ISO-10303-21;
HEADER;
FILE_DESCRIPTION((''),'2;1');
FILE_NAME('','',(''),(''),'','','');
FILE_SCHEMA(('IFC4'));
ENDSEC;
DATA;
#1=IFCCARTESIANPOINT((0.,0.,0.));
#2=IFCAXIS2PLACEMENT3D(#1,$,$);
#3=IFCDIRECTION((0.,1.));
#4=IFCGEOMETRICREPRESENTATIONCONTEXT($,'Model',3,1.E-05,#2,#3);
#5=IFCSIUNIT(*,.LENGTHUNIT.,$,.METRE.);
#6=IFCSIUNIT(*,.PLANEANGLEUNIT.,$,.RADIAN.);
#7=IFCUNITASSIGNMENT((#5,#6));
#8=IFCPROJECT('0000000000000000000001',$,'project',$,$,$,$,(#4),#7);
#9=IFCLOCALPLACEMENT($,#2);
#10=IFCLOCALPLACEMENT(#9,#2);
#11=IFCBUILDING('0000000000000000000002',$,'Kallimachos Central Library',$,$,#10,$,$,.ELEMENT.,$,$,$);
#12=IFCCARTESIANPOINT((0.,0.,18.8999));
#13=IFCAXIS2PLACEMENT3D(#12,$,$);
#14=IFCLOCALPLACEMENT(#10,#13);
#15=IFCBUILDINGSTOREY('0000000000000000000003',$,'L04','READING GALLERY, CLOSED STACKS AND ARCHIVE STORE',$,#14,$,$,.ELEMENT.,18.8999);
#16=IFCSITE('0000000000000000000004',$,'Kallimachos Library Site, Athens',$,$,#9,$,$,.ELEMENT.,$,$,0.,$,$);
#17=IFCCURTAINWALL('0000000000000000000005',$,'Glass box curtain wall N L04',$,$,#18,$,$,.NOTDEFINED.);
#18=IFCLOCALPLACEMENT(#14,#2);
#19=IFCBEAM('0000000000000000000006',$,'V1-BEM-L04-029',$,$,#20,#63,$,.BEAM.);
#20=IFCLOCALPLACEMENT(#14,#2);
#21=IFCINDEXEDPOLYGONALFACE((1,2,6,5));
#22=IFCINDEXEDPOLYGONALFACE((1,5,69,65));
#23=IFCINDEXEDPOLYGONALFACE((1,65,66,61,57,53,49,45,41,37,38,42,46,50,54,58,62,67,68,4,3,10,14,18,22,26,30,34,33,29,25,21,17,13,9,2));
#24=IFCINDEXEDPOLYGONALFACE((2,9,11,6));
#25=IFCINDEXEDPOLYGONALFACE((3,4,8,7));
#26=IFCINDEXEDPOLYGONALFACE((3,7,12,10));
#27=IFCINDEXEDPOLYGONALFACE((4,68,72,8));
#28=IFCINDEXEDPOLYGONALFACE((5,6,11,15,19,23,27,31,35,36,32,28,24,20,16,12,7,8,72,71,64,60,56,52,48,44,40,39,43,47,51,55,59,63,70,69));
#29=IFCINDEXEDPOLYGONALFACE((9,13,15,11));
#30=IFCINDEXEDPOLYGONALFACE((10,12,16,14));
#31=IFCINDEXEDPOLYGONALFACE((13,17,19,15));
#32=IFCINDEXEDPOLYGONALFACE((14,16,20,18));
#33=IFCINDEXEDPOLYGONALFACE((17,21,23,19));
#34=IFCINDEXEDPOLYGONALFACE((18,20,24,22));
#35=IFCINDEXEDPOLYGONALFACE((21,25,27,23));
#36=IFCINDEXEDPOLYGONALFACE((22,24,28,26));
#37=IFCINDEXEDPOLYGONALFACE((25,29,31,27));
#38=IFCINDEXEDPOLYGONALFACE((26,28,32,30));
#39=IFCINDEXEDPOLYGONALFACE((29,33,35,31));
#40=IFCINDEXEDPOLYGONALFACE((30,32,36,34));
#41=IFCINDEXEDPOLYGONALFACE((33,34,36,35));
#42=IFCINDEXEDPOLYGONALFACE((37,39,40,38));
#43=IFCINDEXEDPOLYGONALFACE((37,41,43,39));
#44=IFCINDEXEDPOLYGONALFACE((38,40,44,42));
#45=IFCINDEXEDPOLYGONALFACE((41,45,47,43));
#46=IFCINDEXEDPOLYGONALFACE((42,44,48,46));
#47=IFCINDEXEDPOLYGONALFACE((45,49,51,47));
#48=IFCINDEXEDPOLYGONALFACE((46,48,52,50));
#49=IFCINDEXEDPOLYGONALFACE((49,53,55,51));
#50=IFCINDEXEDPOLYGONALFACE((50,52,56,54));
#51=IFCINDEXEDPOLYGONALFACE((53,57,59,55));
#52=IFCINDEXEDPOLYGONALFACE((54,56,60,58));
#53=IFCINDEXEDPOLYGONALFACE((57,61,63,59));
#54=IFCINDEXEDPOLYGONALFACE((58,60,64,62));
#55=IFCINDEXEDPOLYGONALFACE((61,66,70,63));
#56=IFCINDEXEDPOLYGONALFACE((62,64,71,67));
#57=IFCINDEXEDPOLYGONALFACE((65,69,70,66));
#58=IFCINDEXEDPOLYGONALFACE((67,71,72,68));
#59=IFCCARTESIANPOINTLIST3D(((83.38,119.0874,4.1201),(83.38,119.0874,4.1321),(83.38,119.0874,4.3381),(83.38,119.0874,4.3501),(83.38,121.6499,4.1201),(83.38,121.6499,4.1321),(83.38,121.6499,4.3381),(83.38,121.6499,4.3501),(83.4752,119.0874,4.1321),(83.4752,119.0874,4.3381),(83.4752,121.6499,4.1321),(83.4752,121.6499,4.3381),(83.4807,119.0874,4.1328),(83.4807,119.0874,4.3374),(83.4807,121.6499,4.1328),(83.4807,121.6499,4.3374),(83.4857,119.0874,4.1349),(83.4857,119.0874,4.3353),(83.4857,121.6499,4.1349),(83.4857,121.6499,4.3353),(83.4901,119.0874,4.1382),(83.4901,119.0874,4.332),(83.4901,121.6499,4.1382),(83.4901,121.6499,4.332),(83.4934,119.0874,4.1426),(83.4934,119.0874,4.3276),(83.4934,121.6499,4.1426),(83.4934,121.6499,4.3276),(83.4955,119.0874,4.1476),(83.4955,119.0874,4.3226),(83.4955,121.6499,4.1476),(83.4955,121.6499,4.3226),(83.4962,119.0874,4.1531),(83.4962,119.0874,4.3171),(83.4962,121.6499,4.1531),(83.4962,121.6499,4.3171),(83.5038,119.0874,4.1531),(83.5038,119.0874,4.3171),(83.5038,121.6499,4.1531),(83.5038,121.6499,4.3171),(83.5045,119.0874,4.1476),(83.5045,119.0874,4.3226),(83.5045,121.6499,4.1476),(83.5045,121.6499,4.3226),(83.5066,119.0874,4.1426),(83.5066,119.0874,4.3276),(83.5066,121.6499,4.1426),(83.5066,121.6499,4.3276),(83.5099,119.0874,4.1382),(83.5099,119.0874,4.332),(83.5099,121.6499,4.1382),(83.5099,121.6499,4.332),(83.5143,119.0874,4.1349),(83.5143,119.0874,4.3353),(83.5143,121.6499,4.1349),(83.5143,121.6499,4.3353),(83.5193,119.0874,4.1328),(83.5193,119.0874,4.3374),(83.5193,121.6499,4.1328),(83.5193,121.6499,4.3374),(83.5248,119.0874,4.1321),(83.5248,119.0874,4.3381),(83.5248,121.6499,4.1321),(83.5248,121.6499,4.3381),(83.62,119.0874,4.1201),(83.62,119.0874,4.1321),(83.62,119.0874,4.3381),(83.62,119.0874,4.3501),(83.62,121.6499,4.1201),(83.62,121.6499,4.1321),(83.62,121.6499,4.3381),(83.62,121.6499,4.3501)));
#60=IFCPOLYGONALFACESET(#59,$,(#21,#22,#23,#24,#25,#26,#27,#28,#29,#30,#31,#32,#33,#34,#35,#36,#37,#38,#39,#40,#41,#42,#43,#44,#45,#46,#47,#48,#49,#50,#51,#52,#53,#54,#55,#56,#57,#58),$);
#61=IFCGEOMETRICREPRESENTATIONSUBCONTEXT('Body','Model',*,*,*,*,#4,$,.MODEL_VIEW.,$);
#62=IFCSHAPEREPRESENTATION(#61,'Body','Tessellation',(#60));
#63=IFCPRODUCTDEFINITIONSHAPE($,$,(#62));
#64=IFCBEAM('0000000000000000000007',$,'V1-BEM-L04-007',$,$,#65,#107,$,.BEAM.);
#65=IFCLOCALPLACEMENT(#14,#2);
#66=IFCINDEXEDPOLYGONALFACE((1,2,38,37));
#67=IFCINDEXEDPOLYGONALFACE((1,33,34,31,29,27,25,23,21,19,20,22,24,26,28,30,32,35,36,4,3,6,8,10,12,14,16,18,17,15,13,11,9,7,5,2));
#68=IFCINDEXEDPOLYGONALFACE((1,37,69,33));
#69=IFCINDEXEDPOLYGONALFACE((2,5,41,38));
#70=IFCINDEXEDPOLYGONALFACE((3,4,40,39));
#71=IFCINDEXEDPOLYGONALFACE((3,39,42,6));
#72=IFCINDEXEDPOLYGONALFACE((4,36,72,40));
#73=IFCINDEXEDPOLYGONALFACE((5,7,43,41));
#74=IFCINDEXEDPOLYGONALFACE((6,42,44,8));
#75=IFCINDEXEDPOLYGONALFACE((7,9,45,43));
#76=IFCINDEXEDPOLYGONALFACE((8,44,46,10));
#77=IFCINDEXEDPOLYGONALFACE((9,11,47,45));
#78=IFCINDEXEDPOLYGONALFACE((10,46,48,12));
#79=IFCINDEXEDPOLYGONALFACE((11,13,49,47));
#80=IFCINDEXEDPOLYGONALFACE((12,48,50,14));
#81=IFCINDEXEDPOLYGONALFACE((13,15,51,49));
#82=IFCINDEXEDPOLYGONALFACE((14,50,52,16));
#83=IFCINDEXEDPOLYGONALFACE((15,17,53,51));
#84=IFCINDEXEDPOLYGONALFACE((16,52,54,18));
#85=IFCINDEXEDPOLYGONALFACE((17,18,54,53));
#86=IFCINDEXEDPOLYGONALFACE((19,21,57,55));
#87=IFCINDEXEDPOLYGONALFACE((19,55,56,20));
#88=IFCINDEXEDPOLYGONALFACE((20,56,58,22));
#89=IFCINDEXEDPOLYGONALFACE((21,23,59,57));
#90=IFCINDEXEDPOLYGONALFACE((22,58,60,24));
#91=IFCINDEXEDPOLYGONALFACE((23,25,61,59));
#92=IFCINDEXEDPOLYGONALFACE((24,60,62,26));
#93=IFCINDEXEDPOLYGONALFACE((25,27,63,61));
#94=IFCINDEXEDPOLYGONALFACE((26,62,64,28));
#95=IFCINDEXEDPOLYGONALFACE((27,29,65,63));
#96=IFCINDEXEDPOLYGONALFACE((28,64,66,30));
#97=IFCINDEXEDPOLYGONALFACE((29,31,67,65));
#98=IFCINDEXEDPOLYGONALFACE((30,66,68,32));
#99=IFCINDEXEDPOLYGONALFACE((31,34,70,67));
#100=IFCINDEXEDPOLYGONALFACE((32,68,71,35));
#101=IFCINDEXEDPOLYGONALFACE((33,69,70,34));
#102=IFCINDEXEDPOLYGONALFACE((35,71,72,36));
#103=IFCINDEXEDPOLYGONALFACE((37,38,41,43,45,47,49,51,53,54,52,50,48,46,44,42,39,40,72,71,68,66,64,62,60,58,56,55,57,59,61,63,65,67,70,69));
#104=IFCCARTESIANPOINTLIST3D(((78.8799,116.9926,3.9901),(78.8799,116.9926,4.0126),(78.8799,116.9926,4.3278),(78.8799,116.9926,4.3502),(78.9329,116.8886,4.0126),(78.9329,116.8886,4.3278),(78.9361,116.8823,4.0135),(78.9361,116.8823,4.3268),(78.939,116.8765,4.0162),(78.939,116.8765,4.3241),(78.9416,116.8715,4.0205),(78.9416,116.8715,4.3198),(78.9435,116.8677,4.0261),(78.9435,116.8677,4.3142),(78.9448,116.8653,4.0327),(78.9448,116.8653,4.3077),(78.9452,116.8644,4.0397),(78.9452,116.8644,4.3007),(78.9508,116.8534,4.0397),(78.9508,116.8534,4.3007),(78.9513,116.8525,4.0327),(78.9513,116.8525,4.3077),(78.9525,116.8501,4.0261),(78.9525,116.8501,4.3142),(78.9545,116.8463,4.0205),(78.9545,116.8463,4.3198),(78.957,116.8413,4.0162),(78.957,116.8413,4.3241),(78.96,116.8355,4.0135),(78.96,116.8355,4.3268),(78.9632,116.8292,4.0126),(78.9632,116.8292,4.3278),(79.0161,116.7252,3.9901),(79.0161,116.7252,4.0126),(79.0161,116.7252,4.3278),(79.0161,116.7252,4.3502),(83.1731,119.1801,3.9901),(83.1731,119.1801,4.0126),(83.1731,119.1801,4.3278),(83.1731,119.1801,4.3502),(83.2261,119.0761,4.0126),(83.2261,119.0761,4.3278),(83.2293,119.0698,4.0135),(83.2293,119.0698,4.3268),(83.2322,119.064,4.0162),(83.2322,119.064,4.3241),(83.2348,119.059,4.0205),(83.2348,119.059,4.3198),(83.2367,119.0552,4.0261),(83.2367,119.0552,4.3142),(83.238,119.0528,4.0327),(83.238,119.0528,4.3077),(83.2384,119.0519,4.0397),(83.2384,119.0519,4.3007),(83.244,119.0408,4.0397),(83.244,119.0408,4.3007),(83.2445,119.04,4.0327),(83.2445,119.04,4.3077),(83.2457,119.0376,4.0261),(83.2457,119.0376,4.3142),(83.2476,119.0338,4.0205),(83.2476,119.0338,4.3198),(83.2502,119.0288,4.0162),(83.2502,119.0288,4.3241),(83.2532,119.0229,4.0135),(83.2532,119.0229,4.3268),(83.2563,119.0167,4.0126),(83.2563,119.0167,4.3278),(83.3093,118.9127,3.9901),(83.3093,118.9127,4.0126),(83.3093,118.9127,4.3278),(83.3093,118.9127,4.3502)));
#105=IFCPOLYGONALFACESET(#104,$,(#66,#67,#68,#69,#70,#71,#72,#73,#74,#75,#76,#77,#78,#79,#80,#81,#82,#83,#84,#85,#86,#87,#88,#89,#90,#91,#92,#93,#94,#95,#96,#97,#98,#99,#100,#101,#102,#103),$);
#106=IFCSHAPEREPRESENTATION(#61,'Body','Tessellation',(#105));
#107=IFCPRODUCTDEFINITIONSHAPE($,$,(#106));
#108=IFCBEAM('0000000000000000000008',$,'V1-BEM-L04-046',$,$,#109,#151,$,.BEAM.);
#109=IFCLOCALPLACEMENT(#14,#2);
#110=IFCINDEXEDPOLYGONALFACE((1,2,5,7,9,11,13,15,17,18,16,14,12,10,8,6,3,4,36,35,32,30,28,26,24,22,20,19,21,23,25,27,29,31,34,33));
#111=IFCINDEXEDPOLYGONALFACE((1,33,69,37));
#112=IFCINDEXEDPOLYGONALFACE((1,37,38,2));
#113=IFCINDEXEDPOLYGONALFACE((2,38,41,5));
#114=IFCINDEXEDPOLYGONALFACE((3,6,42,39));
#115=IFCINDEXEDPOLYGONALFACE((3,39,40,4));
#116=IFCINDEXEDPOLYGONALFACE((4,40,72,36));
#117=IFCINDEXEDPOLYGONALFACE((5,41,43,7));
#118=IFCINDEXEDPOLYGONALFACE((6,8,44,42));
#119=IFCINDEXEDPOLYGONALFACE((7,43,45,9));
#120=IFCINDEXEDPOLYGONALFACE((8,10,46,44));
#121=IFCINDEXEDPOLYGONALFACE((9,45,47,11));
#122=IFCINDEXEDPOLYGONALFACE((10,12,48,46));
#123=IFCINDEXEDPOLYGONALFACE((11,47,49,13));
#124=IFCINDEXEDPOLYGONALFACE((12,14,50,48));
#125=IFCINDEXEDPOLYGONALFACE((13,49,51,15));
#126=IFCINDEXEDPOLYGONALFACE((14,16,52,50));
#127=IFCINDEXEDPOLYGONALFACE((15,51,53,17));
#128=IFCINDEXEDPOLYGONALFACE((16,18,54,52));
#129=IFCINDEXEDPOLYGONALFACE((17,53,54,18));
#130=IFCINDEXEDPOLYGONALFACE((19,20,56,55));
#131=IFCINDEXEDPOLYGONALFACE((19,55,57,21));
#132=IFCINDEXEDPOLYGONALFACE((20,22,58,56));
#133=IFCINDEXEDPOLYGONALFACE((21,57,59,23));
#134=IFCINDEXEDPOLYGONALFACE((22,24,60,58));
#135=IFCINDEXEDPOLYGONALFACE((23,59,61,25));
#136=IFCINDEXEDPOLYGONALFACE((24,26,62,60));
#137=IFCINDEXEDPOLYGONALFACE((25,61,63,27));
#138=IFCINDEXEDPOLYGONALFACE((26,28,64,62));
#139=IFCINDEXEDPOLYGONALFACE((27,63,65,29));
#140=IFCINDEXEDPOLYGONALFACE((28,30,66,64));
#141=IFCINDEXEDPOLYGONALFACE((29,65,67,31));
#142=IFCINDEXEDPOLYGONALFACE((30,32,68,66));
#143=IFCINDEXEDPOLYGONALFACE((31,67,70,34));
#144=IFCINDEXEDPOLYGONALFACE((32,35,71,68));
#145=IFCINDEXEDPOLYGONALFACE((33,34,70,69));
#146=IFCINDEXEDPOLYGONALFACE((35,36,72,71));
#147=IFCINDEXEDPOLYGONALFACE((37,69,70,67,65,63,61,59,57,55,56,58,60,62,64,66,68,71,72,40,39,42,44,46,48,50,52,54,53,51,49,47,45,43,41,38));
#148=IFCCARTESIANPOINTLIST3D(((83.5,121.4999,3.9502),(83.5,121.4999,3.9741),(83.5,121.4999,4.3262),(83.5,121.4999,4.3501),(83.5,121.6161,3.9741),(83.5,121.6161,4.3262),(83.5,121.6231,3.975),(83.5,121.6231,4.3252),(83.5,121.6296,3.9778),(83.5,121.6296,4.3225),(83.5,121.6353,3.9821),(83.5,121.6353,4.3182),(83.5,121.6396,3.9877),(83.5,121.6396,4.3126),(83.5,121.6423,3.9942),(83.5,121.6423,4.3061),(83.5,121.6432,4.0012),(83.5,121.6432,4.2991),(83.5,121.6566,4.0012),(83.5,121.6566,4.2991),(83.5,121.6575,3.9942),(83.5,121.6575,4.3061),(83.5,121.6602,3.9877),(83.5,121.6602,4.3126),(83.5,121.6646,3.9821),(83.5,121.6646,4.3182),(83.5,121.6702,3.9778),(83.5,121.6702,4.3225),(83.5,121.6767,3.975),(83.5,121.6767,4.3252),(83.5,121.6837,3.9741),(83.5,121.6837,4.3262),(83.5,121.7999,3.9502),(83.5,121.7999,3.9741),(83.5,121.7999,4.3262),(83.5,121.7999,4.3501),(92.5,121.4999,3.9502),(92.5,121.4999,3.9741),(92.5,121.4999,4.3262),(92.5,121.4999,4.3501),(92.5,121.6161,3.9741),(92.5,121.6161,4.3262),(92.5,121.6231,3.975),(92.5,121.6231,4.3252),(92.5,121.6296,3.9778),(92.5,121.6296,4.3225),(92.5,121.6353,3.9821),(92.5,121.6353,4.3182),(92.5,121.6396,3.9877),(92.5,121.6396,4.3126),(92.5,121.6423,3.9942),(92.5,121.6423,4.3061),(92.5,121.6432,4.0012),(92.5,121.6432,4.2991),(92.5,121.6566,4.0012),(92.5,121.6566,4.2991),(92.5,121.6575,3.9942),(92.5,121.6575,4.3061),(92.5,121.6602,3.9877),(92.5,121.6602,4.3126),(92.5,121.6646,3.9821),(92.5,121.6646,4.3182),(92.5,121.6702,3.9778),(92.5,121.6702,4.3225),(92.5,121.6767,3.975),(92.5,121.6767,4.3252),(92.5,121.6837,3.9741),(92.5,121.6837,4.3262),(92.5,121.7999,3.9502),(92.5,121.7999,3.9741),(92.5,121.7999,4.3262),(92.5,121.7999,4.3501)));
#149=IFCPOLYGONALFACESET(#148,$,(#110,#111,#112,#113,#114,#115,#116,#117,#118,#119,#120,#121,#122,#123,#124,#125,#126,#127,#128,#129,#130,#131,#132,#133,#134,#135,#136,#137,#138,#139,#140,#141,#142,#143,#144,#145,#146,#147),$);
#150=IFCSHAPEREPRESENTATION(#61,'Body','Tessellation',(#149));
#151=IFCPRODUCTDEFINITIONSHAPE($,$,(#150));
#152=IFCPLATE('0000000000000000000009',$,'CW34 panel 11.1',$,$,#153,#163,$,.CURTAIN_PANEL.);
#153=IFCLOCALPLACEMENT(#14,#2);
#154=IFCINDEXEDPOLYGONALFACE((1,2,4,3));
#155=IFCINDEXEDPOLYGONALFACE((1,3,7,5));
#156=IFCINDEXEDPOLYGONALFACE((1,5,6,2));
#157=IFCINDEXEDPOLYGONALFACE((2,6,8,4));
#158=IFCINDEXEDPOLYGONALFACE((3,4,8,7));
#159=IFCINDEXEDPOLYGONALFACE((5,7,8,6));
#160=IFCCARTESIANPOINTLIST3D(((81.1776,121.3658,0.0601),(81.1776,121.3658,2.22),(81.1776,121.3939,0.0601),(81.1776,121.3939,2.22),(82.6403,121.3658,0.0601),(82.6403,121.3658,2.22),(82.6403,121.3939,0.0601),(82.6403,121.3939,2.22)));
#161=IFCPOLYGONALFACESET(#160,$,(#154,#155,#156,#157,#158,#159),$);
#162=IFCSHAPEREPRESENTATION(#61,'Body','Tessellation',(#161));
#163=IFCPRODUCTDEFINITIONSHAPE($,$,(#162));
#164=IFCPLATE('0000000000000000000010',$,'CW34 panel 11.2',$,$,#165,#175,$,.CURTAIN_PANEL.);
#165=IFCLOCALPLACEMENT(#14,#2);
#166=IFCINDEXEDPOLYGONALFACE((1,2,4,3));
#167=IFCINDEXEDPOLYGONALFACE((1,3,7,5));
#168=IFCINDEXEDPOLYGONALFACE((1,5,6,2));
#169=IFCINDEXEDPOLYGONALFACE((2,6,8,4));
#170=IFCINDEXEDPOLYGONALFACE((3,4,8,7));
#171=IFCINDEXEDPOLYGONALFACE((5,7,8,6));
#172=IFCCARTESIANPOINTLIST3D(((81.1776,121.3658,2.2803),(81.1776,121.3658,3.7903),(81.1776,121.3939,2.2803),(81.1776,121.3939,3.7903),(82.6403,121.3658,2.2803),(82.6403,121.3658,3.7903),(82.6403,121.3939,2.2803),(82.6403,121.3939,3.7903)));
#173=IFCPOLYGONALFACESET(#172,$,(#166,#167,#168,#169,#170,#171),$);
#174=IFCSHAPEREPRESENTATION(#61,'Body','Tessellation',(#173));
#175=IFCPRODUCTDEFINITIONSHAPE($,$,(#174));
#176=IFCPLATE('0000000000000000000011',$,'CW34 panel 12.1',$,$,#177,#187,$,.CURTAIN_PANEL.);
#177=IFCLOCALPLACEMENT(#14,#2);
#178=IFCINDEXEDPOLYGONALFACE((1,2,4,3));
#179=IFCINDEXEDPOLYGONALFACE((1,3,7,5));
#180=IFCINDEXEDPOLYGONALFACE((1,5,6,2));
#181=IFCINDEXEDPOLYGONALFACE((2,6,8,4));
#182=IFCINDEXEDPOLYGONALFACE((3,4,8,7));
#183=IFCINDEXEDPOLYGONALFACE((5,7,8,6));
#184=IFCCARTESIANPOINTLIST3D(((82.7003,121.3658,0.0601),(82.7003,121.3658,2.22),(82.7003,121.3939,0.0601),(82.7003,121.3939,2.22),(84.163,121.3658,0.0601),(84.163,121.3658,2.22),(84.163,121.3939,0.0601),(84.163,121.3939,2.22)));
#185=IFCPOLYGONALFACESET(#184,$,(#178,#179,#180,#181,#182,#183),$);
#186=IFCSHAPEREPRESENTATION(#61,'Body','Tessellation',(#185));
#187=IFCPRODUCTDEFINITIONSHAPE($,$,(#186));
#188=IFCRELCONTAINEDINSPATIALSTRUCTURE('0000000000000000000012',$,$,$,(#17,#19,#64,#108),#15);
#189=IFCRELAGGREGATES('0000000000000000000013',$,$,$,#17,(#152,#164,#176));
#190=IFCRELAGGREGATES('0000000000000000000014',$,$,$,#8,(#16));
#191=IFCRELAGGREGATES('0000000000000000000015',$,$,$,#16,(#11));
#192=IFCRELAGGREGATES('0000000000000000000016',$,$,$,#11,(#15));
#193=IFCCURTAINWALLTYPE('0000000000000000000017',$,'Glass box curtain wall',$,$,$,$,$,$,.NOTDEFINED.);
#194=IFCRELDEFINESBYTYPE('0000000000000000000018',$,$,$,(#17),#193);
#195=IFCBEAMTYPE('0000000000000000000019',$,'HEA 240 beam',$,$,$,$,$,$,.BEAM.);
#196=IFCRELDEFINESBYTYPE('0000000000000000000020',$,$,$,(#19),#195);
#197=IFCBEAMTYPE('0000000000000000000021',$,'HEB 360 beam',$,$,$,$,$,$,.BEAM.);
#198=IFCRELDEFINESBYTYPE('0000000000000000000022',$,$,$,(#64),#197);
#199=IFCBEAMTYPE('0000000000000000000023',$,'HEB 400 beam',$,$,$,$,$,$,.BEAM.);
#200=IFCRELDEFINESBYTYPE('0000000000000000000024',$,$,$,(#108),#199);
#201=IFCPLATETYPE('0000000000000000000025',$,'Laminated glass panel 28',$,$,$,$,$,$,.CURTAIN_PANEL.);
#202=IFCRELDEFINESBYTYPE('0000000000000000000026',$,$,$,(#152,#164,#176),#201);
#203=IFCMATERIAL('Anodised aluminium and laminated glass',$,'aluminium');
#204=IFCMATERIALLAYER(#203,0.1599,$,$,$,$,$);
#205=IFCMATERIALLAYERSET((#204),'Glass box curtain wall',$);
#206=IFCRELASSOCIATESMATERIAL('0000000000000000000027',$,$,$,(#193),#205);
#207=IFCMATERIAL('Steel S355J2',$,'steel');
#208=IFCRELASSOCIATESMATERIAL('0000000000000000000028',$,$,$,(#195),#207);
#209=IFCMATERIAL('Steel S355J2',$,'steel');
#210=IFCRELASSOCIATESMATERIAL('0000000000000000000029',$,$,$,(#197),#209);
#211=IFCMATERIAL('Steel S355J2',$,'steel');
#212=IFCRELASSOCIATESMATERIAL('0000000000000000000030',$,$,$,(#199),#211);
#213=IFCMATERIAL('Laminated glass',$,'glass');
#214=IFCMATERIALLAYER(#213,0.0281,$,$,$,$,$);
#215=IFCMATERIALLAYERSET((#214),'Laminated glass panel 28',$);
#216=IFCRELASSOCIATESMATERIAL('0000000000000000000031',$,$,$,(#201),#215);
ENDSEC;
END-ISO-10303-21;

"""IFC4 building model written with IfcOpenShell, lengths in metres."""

from ifc_helpers import new_model, si_unit, direction, frame, origin, origin_2d, place, context, subcontext, project, spatial, rectangle, i_section, extrude, material, layer, layer_set, material_profile, profile_set, type_object, element, aggregate, save


model = new_model("IFC4")

# Units and contexts
model_context = context("Model", 3, precision=1e-05, world=origin(), true_north=direction((0.0, 1.0)))
body_context = subcontext(model_context, "Body", "Model", "MODEL_VIEW")
ifc_project = project(units=[si_unit("LENGTHUNIT", "METRE"), si_unit("PLANEANGLEUNIT", "RADIAN")], contexts=[model_context])

# Site, building, storey
site_placement = place(None, origin())
site = spatial("IfcSite", under=ifc_project, at=site_placement, Name="Kallimachos Library Site, Athens", CompositionType="ELEMENT", RefElevation=0.0)
building_placement = place(site_placement, origin())
building = spatial("IfcBuilding", under=site, at=building_placement, Name="Kallimachos Central Library", CompositionType="ELEMENT")
storey_placement = place(building_placement, frame((0.0, 0.0, 18.8999)))
storey = spatial("IfcBuildingStorey", under=building, at=storey_placement, Name="L04", Description="READING GALLERY, CLOSED STACKS AND ARCHIVE STORE", CompositionType="ELEMENT", Elevation=18.8999)

# Curtain wall
ifc_material_1 = material(Name="Anodised aluminium and laminated glass", Category="aluminium")
ifc_layer_1 = layer(ifc_material_1, 0.1599)
ifc_layer_set_1 = layer_set([ifc_layer_1], Name="Glass box curtain wall")
curtain_wall_type = type_object("IfcCurtainWallType", Name="Glass box curtain wall", PredefinedType="NOTDEFINED", material=ifc_layer_set_1)
curtain_wall_placement = place(storey_placement, origin())
curtain_wall = element("IfcCurtainWall", 1, at=curtain_wall_placement, inside=storey, type_object=curtain_wall_type, Name="Glass box curtain wall N L04", PredefinedType="NOTDEFINED")

# Beams
ifc_material_2 = material(Name="Steel S355J2", Category="steel")
ifc_material_profile_1 = material_profile(ifc_material_2, i_section(OverallWidth=0.24, OverallDepth=0.23, WebThickness=0.0076, FlangeThickness=0.012, FilletRadius=0.021, at=origin_2d()), Name="HEA 240")
ifc_profile_set_1 = profile_set([ifc_material_profile_1], Name="Steel S355J2")
beam_type_1 = type_object("IfcBeamType", Name="HEA 240 beam", PredefinedType="BEAM", material=ifc_profile_set_1)
beam_1_placement = place(storey_placement, frame((83.5, 119.0874, 4.2351), z_axis=(0.0, 1.0, 0.0), x_axis=(-1.0, 0.0, 0.0)))
element("IfcBeam", 2, at=beam_1_placement, inside=storey, type_object=beam_type_1, Name="V1-BEM-L04-029", PredefinedType="BEAM", context=body_context, shape_type="SweptSolid", body=[
    extrude(i_section(OverallWidth=0.24, OverallDepth=0.23, WebThickness=0.0076, FlangeThickness=0.012, FilletRadius=0.021, at=origin_2d()), origin(), (0.0, 0.0, 1.0), 2.5625),
])
ifc_material_3 = material(Name="Steel S355J2", Category="steel")
ifc_material_profile_2 = material_profile(ifc_material_3, i_section(OverallWidth=0.3, OverallDepth=0.3601, WebThickness=0.0125, FlangeThickness=0.0225, FilletRadius=0.0271, at=origin_2d()), Name="HEB 360")
ifc_profile_set_2 = profile_set([ifc_material_profile_2], Name="Steel S355J2")
beam_type_2 = type_object("IfcBeamType", Name="HEB 360 beam", PredefinedType="BEAM", material=ifc_profile_set_2)
beam_2_placement = place(storey_placement, frame((83.2412, 119.0464, 4.1702), z_axis=(-0.891007, -0.45399, 0.0), x_axis=(0.45399, -0.891007, 0.0)))
element("IfcBeam", 3, at=beam_2_placement, inside=storey, type_object=beam_type_2, Name="V1-BEM-L04-007", PredefinedType="BEAM", context=body_context, shape_type="SweptSolid", body=[
    extrude(i_section(OverallWidth=0.3, OverallDepth=0.3601, WebThickness=0.0125, FlangeThickness=0.0225, FilletRadius=0.0271, at=origin_2d()), origin(), (0.0, 0.0, 1.0), 4.8184),
])
ifc_material_4 = material(Name="Steel S355J2", Category="steel")
ifc_material_profile_3 = material_profile(ifc_material_4, i_section(OverallWidth=0.3, OverallDepth=0.3999, WebThickness=0.0134, FlangeThickness=0.0239, FilletRadius=0.0271, at=origin_2d()), Name="HEB 400")
ifc_profile_set_3 = profile_set([ifc_material_profile_3], Name="Steel S355J2")
beam_type_3 = type_object("IfcBeamType", Name="HEB 400 beam", PredefinedType="BEAM", material=ifc_profile_set_3)
beam_3_placement = place(storey_placement, frame((83.5, 121.6499, 4.1501), z_axis=(1.0, 0.0, 0.0), x_axis=(0.0, 1.0, 0.0)))
element("IfcBeam", 4, at=beam_3_placement, inside=storey, type_object=beam_type_3, Name="V1-BEM-L04-046", PredefinedType="BEAM", context=body_context, shape_type="SweptSolid", body=[
    extrude(i_section(OverallWidth=0.3, OverallDepth=0.3999, WebThickness=0.0134, FlangeThickness=0.0239, FilletRadius=0.0271, at=origin_2d()), origin(), (0.0, 0.0, 1.0), 9.0),
])

# Plates
ifc_material_5 = material(Name="Laminated glass", Category="glass")
ifc_layer_2 = layer(ifc_material_5, 0.0281)
ifc_layer_set_2 = layer_set([ifc_layer_2], Name="Laminated glass panel 28")
plate_type = type_object("IfcPlateType", Name="Laminated glass panel 28", PredefinedType="CURTAIN_PANEL", material=ifc_layer_set_2)
plate_1_placement = place(storey_placement, frame((81.9089, 121.3799, 0.0601), z_axis=(0.0, 0.0, 1.0), x_axis=(1.0, 0.0, 0.0)))
plate_1 = element("IfcPlate", 5, at=plate_1_placement, type_object=plate_type, Name="CW34 panel 11.1", PredefinedType="CURTAIN_PANEL", context=body_context, shape_type="SweptSolid", body=[
    extrude(rectangle(XDim=1.4626, YDim=0.0281, at=origin_2d()), origin(), (0.0, 0.0, 1.0), 2.1599),
])
plate_2_placement = place(storey_placement, frame((81.9089, 121.3799, 2.2803), z_axis=(0.0, 0.0, 1.0), x_axis=(1.0, 0.0, 0.0)))
plate_2 = element("IfcPlate", 6, at=plate_2_placement, type_object=plate_type, Name="CW34 panel 11.2", PredefinedType="CURTAIN_PANEL", context=body_context, shape_type="SweptSolid", body=[
    extrude(rectangle(XDim=1.4626, YDim=0.0281, at=origin_2d()), origin(), (0.0, 0.0, 1.0), 1.51),
])
plate_3_placement = place(storey_placement, frame((83.4316, 121.3799, 0.0601), z_axis=(0.0, 0.0, 1.0), x_axis=(1.0, 0.0, 0.0)))
plate_3 = element("IfcPlate", 7, at=plate_3_placement, type_object=plate_type, Name="CW34 panel 12.1", PredefinedType="CURTAIN_PANEL", context=body_context, shape_type="SweptSolid", body=[
    extrude(rectangle(XDim=1.4626, YDim=0.0281, at=origin_2d()), origin(), (0.0, 0.0, 1.0), 2.1599),
])
aggregate(curtain_wall, [plate_1, plate_2, plate_3])

save(model, "model.ifc")
